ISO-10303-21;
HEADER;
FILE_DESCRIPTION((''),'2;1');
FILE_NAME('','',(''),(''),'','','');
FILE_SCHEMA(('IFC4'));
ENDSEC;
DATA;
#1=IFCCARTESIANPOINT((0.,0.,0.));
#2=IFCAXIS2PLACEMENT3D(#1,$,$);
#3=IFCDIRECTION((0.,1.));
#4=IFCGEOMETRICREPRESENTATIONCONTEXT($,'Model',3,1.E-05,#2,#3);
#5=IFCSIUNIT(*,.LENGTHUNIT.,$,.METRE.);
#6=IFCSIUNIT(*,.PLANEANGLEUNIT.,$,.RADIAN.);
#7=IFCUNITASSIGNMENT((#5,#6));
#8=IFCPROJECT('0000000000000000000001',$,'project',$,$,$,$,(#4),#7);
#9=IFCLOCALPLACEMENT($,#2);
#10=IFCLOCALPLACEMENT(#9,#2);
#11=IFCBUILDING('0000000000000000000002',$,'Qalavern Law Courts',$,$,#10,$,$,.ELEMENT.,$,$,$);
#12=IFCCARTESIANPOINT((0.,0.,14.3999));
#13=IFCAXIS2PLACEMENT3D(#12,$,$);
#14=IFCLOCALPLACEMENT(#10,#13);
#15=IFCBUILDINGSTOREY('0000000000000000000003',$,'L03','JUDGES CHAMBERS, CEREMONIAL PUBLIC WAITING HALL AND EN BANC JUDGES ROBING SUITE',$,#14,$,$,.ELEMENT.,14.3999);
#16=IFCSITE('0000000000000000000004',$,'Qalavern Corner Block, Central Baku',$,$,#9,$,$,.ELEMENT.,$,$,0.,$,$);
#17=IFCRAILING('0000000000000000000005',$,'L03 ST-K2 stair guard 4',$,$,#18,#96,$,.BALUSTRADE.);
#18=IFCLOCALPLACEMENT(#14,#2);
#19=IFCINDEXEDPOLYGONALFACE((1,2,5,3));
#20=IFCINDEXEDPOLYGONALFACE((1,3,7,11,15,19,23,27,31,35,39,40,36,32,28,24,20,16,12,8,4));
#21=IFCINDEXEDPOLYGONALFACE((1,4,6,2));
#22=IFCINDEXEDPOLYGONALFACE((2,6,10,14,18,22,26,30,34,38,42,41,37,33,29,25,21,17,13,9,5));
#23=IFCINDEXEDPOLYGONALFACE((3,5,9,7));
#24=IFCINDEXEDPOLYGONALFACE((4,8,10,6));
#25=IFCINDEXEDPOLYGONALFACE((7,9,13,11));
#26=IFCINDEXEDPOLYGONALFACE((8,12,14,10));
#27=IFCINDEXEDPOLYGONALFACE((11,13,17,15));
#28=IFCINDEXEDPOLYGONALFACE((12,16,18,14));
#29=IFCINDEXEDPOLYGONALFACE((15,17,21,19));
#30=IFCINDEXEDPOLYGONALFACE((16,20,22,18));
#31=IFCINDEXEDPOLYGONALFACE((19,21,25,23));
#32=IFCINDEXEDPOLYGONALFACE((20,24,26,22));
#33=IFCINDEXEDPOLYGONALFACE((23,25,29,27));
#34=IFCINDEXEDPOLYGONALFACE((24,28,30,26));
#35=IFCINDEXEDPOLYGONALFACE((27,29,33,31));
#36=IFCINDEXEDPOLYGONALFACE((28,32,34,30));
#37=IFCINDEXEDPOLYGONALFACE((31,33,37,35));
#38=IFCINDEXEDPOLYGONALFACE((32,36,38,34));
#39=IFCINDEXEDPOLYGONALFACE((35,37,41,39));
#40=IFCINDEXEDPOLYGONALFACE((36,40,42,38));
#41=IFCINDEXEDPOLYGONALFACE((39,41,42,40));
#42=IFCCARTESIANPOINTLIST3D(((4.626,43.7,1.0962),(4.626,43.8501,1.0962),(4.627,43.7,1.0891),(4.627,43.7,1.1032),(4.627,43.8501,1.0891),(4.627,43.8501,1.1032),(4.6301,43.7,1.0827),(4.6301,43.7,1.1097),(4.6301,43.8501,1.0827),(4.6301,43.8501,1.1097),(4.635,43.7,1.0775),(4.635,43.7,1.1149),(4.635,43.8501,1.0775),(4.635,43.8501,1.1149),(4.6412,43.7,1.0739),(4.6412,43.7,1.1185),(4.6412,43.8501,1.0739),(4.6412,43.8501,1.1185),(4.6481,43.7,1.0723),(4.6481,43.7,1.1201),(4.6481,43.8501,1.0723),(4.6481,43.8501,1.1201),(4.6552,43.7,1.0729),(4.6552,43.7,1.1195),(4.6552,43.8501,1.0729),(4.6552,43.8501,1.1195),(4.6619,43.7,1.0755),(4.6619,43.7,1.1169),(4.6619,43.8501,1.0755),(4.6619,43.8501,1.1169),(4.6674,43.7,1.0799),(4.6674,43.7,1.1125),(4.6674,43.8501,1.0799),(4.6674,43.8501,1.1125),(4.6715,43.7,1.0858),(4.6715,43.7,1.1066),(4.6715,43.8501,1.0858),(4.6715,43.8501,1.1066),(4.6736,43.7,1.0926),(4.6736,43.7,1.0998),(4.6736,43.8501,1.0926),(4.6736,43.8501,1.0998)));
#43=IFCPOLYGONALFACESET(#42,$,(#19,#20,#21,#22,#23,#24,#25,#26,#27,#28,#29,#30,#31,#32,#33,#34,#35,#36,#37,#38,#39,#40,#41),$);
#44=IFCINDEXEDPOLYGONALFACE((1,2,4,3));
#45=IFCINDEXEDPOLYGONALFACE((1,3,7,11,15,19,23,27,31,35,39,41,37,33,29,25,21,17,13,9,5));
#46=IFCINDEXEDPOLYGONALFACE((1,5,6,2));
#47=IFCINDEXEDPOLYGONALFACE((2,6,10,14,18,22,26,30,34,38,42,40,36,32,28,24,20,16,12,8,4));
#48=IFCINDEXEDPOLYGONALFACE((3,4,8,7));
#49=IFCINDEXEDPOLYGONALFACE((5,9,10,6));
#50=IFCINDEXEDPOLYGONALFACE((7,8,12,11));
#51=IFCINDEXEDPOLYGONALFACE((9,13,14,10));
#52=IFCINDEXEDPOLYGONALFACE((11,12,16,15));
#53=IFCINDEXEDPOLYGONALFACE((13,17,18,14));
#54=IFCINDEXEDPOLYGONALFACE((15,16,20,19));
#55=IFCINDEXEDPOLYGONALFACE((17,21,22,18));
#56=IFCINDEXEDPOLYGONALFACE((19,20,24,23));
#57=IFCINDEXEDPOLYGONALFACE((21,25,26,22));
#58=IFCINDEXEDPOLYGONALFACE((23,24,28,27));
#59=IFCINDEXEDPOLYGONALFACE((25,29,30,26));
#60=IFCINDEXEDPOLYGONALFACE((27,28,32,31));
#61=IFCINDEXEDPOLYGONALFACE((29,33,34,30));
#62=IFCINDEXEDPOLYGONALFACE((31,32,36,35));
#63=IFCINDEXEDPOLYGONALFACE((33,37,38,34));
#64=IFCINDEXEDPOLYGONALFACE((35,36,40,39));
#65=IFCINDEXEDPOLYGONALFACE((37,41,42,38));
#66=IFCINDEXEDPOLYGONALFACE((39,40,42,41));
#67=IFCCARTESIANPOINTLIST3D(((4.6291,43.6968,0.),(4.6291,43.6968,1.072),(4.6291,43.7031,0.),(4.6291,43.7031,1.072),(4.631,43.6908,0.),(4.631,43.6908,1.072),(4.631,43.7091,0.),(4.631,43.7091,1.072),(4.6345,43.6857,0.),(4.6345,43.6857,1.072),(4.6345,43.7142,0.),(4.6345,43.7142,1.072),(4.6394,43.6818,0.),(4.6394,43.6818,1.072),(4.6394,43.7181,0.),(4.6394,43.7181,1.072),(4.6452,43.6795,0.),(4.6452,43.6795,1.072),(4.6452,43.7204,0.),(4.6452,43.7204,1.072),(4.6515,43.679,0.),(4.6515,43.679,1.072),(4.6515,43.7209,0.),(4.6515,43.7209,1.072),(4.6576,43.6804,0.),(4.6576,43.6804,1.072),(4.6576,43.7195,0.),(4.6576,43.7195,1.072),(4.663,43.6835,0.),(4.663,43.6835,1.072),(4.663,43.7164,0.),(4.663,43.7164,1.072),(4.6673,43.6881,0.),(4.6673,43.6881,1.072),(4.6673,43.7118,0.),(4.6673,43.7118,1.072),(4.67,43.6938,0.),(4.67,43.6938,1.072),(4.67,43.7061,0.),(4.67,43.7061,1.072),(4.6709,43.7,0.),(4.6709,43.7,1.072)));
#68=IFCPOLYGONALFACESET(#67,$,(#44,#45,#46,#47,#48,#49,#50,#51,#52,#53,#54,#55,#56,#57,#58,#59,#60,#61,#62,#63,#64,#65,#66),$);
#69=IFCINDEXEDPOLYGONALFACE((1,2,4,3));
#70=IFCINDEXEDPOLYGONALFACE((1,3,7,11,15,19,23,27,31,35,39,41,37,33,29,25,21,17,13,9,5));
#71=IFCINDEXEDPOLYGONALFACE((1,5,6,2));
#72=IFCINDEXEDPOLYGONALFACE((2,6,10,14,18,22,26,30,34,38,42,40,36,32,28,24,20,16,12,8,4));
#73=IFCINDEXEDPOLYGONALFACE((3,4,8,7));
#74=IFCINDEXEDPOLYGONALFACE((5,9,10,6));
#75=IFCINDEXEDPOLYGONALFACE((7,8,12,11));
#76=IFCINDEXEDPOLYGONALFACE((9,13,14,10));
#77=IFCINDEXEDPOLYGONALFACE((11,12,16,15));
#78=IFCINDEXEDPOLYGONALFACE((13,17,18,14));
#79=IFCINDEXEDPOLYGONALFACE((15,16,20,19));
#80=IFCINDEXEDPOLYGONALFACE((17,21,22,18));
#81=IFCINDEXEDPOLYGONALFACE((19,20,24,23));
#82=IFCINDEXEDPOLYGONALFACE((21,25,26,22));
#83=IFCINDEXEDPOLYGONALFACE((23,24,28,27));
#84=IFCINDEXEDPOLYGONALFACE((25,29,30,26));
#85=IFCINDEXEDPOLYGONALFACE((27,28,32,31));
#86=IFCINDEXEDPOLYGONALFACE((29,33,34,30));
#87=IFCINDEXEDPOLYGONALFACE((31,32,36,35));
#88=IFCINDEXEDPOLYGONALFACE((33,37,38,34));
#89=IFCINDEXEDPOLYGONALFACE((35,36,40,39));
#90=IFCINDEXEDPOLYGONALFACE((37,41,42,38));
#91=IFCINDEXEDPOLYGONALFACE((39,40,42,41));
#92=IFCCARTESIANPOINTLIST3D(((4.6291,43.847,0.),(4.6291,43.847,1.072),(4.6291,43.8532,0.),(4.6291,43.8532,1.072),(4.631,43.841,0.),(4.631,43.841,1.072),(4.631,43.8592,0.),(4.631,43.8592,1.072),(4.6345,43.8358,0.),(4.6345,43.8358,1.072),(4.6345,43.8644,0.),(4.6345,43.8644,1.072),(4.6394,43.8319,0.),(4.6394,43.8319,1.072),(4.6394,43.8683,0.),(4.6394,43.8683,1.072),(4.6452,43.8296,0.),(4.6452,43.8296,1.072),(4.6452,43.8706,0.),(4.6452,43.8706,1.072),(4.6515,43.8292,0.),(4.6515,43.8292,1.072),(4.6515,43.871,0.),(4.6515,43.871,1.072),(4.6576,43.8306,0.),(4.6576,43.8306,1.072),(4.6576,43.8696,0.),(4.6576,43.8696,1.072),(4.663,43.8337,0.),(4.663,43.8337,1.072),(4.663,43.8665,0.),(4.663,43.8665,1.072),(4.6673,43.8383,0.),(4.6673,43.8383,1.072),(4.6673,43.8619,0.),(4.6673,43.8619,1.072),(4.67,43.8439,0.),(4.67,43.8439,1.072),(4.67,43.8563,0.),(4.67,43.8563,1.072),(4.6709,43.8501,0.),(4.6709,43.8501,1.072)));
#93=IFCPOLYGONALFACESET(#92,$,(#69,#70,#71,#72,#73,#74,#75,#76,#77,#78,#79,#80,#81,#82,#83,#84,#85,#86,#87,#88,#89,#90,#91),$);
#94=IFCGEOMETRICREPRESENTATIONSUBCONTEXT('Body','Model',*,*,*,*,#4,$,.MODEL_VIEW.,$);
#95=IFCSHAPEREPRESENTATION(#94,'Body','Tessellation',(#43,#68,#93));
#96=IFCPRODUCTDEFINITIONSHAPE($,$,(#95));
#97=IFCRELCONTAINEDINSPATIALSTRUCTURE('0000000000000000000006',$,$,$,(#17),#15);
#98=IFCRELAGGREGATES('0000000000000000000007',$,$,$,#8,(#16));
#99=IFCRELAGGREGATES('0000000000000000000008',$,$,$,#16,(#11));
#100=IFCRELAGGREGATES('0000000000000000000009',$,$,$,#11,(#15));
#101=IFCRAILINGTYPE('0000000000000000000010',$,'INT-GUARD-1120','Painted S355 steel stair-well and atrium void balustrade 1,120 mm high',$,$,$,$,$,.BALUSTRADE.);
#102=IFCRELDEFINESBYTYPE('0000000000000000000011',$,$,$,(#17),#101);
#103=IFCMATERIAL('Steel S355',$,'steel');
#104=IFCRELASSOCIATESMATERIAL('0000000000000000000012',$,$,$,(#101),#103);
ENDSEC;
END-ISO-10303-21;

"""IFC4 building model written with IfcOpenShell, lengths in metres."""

from ifc_helpers import new_model, si_unit, direction, frame, origin, origin_2d, place, context, subcontext, project, spatial, circle, extrude, material, type_object, element, save


model = new_model("IFC4")

# Units and contexts
model_context = context("Model", 3, precision=1e-05, world=origin(), true_north=direction((0.0, 1.0)))
body_context = subcontext(model_context, "Body", "Model", "MODEL_VIEW")
ifc_project = project(units=[si_unit("LENGTHUNIT", "METRE"), si_unit("PLANEANGLEUNIT", "RADIAN")], contexts=[model_context])

# Site, building, storey
site_placement = place(None, origin())
site = spatial("IfcSite", under=ifc_project, at=site_placement, Name="Qalavern Corner Block, Central Baku", CompositionType="ELEMENT", RefElevation=0.0)
building_placement = place(site_placement, origin())
building = spatial("IfcBuilding", under=site, at=building_placement, Name="Qalavern Law Courts", CompositionType="ELEMENT")
storey_placement = place(building_placement, frame((0.0, 0.0, 14.3999)))
storey = spatial("IfcBuildingStorey", under=building, at=storey_placement, Name="L03", Description="JUDGES CHAMBERS, CEREMONIAL PUBLIC WAITING HALL AND EN BANC JUDGES ROBING SUITE", CompositionType="ELEMENT", Elevation=14.3999)

# Shared definitions
ifc_material_1 = material(Name="Steel S355", Category="steel")

# Railing
railing_type_1 = type_object("IfcRailingType", Name="INT-GUARD-1120", Description="Painted S355 steel stair-well and atrium void balustrade 1,120 mm high", PredefinedType="BALUSTRADE", material=ifc_material_1)
railing_1_placement = place(storey_placement, frame((4.6499, 43.7, 0.0)))
element("IfcRailing", 1, at=railing_1_placement, inside=storey, type_object=railing_type_1, Name="L03 ST-K2 stair guard 4", PredefinedType="BALUSTRADE", context=body_context, shape_type="SweptSolid", body=[
    extrude(circle(Radius=0.0239, at=origin_2d()), frame((0.0, 0.0, 1.0962), z_axis=(0.0, 1.0, 0.0), x_axis=(-1.0, 0.0, 0.0)), (0.0, 0.0, 1.0), 0.1501),
    extrude(circle(Radius=0.021, at=origin_2d()), origin(), (0.0, 0.0, 1.0), 1.072),
    extrude(circle(Radius=0.021, at=origin_2d()), frame((0.0, 0.1501, 0.0)), (0.0, 0.0, 1.0), 1.072),
])

save(model, "model.ifc")
